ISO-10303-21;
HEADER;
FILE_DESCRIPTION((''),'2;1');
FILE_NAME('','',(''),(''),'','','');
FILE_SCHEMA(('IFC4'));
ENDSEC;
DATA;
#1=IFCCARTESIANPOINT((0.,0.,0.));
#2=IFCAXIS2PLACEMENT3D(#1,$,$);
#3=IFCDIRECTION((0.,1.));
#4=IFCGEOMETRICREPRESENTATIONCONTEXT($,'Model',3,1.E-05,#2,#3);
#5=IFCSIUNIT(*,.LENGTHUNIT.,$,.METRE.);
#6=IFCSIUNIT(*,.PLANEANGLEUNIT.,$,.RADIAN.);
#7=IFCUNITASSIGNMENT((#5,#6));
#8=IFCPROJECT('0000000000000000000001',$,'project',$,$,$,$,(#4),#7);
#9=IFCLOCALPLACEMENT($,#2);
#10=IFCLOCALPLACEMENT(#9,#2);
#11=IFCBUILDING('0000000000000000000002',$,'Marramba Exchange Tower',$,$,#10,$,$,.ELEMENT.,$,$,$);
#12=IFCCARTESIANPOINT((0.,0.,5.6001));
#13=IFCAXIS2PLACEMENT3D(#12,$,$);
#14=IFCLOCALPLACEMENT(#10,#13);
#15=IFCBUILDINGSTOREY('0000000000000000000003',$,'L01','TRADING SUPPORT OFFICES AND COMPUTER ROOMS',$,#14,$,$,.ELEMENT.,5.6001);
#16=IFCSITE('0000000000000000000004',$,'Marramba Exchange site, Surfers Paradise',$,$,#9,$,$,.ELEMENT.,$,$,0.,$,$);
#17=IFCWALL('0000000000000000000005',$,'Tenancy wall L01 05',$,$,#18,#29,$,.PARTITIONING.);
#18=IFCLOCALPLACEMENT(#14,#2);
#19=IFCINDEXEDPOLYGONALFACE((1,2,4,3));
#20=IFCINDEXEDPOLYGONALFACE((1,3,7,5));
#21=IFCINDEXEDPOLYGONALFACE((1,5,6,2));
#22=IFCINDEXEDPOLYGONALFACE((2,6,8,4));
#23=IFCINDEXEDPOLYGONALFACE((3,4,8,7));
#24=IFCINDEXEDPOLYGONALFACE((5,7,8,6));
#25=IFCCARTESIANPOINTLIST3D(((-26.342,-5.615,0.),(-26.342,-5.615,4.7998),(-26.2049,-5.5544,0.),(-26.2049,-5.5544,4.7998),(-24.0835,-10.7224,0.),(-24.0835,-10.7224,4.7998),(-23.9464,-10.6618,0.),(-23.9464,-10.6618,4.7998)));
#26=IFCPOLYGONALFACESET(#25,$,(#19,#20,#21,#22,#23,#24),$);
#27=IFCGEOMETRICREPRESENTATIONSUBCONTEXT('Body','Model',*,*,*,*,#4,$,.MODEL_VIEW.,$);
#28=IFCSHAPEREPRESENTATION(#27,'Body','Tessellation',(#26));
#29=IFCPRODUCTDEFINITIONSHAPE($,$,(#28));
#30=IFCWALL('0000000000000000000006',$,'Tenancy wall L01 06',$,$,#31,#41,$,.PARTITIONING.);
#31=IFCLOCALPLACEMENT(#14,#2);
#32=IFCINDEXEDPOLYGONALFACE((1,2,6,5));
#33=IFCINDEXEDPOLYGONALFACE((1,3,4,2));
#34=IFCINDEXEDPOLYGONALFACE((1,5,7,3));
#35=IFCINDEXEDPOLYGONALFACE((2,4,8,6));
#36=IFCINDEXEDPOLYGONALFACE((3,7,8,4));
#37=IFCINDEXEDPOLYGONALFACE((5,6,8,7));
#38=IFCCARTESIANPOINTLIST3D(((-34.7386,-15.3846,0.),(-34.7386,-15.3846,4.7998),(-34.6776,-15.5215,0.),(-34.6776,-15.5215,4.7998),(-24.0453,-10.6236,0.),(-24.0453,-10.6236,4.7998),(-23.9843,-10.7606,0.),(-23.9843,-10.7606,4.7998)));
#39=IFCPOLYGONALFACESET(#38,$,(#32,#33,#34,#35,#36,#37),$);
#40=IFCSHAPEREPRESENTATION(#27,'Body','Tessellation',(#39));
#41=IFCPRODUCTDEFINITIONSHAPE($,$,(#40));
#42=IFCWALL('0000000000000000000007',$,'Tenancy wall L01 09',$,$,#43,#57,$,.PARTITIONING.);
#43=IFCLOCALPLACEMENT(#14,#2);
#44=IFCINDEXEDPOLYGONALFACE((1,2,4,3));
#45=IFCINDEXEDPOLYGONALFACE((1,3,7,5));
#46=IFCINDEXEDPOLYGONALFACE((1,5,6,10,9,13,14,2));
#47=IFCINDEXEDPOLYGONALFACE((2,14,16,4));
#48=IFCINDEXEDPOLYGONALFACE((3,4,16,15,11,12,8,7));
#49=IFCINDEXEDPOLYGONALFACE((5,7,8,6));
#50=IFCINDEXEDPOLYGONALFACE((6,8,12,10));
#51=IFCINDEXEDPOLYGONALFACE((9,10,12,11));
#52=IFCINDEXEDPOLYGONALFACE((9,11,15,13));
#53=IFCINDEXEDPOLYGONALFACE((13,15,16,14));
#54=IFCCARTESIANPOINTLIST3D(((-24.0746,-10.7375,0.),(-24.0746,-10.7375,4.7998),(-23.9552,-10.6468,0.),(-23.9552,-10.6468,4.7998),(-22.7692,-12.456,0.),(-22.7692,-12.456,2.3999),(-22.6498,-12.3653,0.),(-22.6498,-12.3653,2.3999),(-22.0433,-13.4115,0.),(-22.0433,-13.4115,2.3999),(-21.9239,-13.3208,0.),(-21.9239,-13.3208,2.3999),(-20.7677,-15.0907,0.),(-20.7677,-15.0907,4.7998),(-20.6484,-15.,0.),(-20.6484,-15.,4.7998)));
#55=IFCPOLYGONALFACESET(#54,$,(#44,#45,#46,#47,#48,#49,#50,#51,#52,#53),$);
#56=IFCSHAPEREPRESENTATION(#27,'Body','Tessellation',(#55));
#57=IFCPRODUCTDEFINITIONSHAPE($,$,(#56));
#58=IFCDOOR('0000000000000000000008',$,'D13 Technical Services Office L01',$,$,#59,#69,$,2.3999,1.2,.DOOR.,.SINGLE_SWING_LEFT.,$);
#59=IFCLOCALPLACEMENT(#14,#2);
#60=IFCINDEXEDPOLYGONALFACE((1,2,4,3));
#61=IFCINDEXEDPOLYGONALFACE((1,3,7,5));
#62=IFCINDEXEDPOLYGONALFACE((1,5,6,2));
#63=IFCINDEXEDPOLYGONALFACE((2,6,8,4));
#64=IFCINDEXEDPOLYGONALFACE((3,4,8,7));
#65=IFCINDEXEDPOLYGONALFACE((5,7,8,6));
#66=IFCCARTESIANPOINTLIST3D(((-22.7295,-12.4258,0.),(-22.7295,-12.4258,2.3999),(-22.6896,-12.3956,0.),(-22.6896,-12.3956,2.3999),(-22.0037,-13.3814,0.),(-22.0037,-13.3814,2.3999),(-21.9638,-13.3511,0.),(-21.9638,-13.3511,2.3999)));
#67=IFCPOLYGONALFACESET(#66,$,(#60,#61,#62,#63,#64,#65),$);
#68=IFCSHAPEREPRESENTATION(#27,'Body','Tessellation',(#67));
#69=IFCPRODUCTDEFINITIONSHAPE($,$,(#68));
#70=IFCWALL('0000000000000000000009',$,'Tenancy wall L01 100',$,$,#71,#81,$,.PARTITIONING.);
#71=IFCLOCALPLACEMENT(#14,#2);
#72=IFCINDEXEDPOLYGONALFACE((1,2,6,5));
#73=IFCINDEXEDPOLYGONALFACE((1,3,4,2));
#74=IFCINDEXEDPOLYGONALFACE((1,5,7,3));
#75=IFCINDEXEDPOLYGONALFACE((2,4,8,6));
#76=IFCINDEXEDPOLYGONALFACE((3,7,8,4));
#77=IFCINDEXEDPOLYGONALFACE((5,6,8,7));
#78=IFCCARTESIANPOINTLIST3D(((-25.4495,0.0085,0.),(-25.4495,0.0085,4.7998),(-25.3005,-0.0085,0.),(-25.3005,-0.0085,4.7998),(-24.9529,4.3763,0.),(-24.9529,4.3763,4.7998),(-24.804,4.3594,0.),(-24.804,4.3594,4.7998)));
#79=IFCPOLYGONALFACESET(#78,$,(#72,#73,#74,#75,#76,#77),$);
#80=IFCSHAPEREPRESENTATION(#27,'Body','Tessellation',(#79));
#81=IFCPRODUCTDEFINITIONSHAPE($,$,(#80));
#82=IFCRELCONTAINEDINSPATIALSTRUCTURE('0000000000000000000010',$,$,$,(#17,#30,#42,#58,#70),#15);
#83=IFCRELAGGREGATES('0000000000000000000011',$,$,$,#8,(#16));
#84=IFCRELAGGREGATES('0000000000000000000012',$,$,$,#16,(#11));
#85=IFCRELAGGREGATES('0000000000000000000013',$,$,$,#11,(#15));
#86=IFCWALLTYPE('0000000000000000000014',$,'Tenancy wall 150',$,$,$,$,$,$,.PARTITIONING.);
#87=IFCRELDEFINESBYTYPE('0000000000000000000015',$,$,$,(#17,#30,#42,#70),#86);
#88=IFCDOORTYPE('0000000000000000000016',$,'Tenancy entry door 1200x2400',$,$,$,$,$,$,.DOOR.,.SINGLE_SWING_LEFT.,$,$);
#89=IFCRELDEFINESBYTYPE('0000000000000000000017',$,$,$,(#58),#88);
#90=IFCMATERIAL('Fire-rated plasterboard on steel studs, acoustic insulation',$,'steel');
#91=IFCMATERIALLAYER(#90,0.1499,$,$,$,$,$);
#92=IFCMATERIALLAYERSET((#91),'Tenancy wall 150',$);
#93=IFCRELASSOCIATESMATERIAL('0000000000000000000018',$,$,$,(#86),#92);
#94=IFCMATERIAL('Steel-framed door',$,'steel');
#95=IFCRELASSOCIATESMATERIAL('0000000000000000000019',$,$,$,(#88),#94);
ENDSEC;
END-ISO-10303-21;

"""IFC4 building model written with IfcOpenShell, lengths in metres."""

from ifc_helpers import new_model, si_unit, direction, frame, frame_2d, origin, place, context, subcontext, project, spatial, rectangle, extrude, material, layer, layer_set, type_object, element, fill, save


model = new_model("IFC4")

# Units and contexts
model_context = context("Model", 3, precision=1e-05, world=origin(), true_north=direction((0.0, 1.0)))
body_context = subcontext(model_context, "Body", "Model", "MODEL_VIEW")
ifc_project = project(units=[si_unit("LENGTHUNIT", "METRE"), si_unit("PLANEANGLEUNIT", "RADIAN")], contexts=[model_context])

# Site, building, storey
site_placement = place(None, origin())
site = spatial("IfcSite", under=ifc_project, at=site_placement, Name="Marramba Exchange site, Surfers Paradise", CompositionType="ELEMENT", RefElevation=0.0)
building_placement = place(site_placement, origin())
building = spatial("IfcBuilding", under=site, at=building_placement, Name="Marramba Exchange Tower", CompositionType="ELEMENT")
storey_placement = place(building_placement, frame((0.0, 0.0, 5.6001)))
storey = spatial("IfcBuildingStorey", under=building, at=storey_placement, Name="L01", Description="TRADING SUPPORT OFFICES AND COMPUTER ROOMS", CompositionType="ELEMENT", Elevation=5.6001)

# Walls
ifc_material_1 = material(Name="Fire-rated plasterboard on steel studs, acoustic insulation", Category="steel")
ifc_layer = layer(ifc_material_1, 0.1499)
ifc_layer_set = layer_set([ifc_layer], Name="Tenancy wall 150")
wall_type = type_object("IfcWallType", Name="Tenancy wall 150", PredefinedType="PARTITIONING", material=ifc_layer_set)
wall_1_placement = place(storey_placement, frame((-26.2734, -5.5847, 0.0), z_axis=(0.0, 0.0, 1.0), x_axis=(0.40443, -0.914569, 0.0)))
element("IfcWall", 1, at=wall_1_placement, inside=storey, type_object=wall_type, Name="Tenancy wall L01 05", PredefinedType="PARTITIONING", context=body_context, shape_type="SweptSolid", body=[
    extrude(rectangle(XDim=5.5845, YDim=0.1499, at=frame_2d((2.7922, 0.0))), origin(), (0.0, 0.0, 1.0), 4.7998),
])
wall_2_placement = place(storey_placement, frame((-24.0149, -10.6921, 0.0), z_axis=(0.0, 0.0, 1.0), x_axis=(-0.913546, -0.406736, 0.0)))
element("IfcWall", 2, at=wall_2_placement, inside=storey, type_object=wall_type, Name="Tenancy wall L01 06", PredefinedType="PARTITIONING", context=body_context, shape_type="SweptSolid", body=[
    extrude(rectangle(XDim=11.7053, YDim=0.1499, at=frame_2d((5.8525, 0.0))), origin(), (0.0, 0.0, 1.0), 4.7998),
])

# Wall, opening, door
wall_3_placement = place(storey_placement, frame((-24.0149, -10.6921, 0.0), z_axis=(0.0, 0.0, 1.0), x_axis=(0.604898, -0.796303, 0.0)))
wall_3 = element("IfcWall", 3, at=wall_3_placement, inside=storey, type_object=wall_type, Name="Tenancy wall L01 09", PredefinedType="PARTITIONING", context=body_context, shape_type="SweptSolid", body=[
    extrude(rectangle(XDim=5.4668, YDim=0.1499, at=frame_2d((2.7334, 0.0))), origin(), (0.0, 0.0, 1.0), 4.7998),
])
opening_placement = place(wall_3_placement, frame((2.158, 0.0, 0.0)))
opening = element("IfcOpeningElement", 4, at=opening_placement, cuts=wall_3, PredefinedType="OPENING", context=body_context, shape_type="SweptSolid", body=[
    extrude(rectangle(XDim=1.2, YDim=2.3999, at=frame_2d((0.6001, 1.2))), frame((0.0, 0.085, 0.0), z_axis=(0.0, -1.0, 0.0), x_axis=(1.0, 0.0, 0.0)), (0.0, 0.0, 1.0), 0.1699),
])
ifc_material_2 = material(Name="Steel-framed door", Category="steel")
door_type = type_object("IfcDoorType", Name="Tenancy entry door 1200x2400", OperationType="SINGLE_SWING_LEFT", PredefinedType="DOOR", material=ifc_material_2)
door_placement = place(opening_placement, origin())
door = element("IfcDoor", 5, at=door_placement, inside=storey, type_object=door_type, Name="D13 Technical Services Office L01", OperationType="SINGLE_SWING_LEFT", OverallHeight=2.3999, OverallWidth=1.2, PredefinedType="DOOR", context=body_context, shape_type="SweptSolid", body=[
    extrude(rectangle(XDim=1.2, YDim=2.3999, at=frame_2d((0.6001, 1.2))), frame((0.0, 0.0249, 0.0), z_axis=(0.0, -1.0, 0.0), x_axis=(1.0, 0.0, 0.0)), (0.0, 0.0, 1.0), 0.05),
])
fill(opening, door)

# Wall
wall_4_placement = place(storey_placement, frame((-25.375, 0.0, 0.0), z_axis=(0.0, 0.0, 1.0), x_axis=(0.112961, 0.993599, 0.0)))
element("IfcWall", 6, at=wall_4_placement, inside=storey, type_object=wall_type, Name="Tenancy wall L01 100", PredefinedType="PARTITIONING", context=body_context, shape_type="SweptSolid", body=[
    extrude(rectangle(XDim=4.396, YDim=0.1499, at=frame_2d((2.198, 0.0))), origin(), (0.0, 0.0, 1.0), 4.7998),
])

save(model, "model.ifc")
